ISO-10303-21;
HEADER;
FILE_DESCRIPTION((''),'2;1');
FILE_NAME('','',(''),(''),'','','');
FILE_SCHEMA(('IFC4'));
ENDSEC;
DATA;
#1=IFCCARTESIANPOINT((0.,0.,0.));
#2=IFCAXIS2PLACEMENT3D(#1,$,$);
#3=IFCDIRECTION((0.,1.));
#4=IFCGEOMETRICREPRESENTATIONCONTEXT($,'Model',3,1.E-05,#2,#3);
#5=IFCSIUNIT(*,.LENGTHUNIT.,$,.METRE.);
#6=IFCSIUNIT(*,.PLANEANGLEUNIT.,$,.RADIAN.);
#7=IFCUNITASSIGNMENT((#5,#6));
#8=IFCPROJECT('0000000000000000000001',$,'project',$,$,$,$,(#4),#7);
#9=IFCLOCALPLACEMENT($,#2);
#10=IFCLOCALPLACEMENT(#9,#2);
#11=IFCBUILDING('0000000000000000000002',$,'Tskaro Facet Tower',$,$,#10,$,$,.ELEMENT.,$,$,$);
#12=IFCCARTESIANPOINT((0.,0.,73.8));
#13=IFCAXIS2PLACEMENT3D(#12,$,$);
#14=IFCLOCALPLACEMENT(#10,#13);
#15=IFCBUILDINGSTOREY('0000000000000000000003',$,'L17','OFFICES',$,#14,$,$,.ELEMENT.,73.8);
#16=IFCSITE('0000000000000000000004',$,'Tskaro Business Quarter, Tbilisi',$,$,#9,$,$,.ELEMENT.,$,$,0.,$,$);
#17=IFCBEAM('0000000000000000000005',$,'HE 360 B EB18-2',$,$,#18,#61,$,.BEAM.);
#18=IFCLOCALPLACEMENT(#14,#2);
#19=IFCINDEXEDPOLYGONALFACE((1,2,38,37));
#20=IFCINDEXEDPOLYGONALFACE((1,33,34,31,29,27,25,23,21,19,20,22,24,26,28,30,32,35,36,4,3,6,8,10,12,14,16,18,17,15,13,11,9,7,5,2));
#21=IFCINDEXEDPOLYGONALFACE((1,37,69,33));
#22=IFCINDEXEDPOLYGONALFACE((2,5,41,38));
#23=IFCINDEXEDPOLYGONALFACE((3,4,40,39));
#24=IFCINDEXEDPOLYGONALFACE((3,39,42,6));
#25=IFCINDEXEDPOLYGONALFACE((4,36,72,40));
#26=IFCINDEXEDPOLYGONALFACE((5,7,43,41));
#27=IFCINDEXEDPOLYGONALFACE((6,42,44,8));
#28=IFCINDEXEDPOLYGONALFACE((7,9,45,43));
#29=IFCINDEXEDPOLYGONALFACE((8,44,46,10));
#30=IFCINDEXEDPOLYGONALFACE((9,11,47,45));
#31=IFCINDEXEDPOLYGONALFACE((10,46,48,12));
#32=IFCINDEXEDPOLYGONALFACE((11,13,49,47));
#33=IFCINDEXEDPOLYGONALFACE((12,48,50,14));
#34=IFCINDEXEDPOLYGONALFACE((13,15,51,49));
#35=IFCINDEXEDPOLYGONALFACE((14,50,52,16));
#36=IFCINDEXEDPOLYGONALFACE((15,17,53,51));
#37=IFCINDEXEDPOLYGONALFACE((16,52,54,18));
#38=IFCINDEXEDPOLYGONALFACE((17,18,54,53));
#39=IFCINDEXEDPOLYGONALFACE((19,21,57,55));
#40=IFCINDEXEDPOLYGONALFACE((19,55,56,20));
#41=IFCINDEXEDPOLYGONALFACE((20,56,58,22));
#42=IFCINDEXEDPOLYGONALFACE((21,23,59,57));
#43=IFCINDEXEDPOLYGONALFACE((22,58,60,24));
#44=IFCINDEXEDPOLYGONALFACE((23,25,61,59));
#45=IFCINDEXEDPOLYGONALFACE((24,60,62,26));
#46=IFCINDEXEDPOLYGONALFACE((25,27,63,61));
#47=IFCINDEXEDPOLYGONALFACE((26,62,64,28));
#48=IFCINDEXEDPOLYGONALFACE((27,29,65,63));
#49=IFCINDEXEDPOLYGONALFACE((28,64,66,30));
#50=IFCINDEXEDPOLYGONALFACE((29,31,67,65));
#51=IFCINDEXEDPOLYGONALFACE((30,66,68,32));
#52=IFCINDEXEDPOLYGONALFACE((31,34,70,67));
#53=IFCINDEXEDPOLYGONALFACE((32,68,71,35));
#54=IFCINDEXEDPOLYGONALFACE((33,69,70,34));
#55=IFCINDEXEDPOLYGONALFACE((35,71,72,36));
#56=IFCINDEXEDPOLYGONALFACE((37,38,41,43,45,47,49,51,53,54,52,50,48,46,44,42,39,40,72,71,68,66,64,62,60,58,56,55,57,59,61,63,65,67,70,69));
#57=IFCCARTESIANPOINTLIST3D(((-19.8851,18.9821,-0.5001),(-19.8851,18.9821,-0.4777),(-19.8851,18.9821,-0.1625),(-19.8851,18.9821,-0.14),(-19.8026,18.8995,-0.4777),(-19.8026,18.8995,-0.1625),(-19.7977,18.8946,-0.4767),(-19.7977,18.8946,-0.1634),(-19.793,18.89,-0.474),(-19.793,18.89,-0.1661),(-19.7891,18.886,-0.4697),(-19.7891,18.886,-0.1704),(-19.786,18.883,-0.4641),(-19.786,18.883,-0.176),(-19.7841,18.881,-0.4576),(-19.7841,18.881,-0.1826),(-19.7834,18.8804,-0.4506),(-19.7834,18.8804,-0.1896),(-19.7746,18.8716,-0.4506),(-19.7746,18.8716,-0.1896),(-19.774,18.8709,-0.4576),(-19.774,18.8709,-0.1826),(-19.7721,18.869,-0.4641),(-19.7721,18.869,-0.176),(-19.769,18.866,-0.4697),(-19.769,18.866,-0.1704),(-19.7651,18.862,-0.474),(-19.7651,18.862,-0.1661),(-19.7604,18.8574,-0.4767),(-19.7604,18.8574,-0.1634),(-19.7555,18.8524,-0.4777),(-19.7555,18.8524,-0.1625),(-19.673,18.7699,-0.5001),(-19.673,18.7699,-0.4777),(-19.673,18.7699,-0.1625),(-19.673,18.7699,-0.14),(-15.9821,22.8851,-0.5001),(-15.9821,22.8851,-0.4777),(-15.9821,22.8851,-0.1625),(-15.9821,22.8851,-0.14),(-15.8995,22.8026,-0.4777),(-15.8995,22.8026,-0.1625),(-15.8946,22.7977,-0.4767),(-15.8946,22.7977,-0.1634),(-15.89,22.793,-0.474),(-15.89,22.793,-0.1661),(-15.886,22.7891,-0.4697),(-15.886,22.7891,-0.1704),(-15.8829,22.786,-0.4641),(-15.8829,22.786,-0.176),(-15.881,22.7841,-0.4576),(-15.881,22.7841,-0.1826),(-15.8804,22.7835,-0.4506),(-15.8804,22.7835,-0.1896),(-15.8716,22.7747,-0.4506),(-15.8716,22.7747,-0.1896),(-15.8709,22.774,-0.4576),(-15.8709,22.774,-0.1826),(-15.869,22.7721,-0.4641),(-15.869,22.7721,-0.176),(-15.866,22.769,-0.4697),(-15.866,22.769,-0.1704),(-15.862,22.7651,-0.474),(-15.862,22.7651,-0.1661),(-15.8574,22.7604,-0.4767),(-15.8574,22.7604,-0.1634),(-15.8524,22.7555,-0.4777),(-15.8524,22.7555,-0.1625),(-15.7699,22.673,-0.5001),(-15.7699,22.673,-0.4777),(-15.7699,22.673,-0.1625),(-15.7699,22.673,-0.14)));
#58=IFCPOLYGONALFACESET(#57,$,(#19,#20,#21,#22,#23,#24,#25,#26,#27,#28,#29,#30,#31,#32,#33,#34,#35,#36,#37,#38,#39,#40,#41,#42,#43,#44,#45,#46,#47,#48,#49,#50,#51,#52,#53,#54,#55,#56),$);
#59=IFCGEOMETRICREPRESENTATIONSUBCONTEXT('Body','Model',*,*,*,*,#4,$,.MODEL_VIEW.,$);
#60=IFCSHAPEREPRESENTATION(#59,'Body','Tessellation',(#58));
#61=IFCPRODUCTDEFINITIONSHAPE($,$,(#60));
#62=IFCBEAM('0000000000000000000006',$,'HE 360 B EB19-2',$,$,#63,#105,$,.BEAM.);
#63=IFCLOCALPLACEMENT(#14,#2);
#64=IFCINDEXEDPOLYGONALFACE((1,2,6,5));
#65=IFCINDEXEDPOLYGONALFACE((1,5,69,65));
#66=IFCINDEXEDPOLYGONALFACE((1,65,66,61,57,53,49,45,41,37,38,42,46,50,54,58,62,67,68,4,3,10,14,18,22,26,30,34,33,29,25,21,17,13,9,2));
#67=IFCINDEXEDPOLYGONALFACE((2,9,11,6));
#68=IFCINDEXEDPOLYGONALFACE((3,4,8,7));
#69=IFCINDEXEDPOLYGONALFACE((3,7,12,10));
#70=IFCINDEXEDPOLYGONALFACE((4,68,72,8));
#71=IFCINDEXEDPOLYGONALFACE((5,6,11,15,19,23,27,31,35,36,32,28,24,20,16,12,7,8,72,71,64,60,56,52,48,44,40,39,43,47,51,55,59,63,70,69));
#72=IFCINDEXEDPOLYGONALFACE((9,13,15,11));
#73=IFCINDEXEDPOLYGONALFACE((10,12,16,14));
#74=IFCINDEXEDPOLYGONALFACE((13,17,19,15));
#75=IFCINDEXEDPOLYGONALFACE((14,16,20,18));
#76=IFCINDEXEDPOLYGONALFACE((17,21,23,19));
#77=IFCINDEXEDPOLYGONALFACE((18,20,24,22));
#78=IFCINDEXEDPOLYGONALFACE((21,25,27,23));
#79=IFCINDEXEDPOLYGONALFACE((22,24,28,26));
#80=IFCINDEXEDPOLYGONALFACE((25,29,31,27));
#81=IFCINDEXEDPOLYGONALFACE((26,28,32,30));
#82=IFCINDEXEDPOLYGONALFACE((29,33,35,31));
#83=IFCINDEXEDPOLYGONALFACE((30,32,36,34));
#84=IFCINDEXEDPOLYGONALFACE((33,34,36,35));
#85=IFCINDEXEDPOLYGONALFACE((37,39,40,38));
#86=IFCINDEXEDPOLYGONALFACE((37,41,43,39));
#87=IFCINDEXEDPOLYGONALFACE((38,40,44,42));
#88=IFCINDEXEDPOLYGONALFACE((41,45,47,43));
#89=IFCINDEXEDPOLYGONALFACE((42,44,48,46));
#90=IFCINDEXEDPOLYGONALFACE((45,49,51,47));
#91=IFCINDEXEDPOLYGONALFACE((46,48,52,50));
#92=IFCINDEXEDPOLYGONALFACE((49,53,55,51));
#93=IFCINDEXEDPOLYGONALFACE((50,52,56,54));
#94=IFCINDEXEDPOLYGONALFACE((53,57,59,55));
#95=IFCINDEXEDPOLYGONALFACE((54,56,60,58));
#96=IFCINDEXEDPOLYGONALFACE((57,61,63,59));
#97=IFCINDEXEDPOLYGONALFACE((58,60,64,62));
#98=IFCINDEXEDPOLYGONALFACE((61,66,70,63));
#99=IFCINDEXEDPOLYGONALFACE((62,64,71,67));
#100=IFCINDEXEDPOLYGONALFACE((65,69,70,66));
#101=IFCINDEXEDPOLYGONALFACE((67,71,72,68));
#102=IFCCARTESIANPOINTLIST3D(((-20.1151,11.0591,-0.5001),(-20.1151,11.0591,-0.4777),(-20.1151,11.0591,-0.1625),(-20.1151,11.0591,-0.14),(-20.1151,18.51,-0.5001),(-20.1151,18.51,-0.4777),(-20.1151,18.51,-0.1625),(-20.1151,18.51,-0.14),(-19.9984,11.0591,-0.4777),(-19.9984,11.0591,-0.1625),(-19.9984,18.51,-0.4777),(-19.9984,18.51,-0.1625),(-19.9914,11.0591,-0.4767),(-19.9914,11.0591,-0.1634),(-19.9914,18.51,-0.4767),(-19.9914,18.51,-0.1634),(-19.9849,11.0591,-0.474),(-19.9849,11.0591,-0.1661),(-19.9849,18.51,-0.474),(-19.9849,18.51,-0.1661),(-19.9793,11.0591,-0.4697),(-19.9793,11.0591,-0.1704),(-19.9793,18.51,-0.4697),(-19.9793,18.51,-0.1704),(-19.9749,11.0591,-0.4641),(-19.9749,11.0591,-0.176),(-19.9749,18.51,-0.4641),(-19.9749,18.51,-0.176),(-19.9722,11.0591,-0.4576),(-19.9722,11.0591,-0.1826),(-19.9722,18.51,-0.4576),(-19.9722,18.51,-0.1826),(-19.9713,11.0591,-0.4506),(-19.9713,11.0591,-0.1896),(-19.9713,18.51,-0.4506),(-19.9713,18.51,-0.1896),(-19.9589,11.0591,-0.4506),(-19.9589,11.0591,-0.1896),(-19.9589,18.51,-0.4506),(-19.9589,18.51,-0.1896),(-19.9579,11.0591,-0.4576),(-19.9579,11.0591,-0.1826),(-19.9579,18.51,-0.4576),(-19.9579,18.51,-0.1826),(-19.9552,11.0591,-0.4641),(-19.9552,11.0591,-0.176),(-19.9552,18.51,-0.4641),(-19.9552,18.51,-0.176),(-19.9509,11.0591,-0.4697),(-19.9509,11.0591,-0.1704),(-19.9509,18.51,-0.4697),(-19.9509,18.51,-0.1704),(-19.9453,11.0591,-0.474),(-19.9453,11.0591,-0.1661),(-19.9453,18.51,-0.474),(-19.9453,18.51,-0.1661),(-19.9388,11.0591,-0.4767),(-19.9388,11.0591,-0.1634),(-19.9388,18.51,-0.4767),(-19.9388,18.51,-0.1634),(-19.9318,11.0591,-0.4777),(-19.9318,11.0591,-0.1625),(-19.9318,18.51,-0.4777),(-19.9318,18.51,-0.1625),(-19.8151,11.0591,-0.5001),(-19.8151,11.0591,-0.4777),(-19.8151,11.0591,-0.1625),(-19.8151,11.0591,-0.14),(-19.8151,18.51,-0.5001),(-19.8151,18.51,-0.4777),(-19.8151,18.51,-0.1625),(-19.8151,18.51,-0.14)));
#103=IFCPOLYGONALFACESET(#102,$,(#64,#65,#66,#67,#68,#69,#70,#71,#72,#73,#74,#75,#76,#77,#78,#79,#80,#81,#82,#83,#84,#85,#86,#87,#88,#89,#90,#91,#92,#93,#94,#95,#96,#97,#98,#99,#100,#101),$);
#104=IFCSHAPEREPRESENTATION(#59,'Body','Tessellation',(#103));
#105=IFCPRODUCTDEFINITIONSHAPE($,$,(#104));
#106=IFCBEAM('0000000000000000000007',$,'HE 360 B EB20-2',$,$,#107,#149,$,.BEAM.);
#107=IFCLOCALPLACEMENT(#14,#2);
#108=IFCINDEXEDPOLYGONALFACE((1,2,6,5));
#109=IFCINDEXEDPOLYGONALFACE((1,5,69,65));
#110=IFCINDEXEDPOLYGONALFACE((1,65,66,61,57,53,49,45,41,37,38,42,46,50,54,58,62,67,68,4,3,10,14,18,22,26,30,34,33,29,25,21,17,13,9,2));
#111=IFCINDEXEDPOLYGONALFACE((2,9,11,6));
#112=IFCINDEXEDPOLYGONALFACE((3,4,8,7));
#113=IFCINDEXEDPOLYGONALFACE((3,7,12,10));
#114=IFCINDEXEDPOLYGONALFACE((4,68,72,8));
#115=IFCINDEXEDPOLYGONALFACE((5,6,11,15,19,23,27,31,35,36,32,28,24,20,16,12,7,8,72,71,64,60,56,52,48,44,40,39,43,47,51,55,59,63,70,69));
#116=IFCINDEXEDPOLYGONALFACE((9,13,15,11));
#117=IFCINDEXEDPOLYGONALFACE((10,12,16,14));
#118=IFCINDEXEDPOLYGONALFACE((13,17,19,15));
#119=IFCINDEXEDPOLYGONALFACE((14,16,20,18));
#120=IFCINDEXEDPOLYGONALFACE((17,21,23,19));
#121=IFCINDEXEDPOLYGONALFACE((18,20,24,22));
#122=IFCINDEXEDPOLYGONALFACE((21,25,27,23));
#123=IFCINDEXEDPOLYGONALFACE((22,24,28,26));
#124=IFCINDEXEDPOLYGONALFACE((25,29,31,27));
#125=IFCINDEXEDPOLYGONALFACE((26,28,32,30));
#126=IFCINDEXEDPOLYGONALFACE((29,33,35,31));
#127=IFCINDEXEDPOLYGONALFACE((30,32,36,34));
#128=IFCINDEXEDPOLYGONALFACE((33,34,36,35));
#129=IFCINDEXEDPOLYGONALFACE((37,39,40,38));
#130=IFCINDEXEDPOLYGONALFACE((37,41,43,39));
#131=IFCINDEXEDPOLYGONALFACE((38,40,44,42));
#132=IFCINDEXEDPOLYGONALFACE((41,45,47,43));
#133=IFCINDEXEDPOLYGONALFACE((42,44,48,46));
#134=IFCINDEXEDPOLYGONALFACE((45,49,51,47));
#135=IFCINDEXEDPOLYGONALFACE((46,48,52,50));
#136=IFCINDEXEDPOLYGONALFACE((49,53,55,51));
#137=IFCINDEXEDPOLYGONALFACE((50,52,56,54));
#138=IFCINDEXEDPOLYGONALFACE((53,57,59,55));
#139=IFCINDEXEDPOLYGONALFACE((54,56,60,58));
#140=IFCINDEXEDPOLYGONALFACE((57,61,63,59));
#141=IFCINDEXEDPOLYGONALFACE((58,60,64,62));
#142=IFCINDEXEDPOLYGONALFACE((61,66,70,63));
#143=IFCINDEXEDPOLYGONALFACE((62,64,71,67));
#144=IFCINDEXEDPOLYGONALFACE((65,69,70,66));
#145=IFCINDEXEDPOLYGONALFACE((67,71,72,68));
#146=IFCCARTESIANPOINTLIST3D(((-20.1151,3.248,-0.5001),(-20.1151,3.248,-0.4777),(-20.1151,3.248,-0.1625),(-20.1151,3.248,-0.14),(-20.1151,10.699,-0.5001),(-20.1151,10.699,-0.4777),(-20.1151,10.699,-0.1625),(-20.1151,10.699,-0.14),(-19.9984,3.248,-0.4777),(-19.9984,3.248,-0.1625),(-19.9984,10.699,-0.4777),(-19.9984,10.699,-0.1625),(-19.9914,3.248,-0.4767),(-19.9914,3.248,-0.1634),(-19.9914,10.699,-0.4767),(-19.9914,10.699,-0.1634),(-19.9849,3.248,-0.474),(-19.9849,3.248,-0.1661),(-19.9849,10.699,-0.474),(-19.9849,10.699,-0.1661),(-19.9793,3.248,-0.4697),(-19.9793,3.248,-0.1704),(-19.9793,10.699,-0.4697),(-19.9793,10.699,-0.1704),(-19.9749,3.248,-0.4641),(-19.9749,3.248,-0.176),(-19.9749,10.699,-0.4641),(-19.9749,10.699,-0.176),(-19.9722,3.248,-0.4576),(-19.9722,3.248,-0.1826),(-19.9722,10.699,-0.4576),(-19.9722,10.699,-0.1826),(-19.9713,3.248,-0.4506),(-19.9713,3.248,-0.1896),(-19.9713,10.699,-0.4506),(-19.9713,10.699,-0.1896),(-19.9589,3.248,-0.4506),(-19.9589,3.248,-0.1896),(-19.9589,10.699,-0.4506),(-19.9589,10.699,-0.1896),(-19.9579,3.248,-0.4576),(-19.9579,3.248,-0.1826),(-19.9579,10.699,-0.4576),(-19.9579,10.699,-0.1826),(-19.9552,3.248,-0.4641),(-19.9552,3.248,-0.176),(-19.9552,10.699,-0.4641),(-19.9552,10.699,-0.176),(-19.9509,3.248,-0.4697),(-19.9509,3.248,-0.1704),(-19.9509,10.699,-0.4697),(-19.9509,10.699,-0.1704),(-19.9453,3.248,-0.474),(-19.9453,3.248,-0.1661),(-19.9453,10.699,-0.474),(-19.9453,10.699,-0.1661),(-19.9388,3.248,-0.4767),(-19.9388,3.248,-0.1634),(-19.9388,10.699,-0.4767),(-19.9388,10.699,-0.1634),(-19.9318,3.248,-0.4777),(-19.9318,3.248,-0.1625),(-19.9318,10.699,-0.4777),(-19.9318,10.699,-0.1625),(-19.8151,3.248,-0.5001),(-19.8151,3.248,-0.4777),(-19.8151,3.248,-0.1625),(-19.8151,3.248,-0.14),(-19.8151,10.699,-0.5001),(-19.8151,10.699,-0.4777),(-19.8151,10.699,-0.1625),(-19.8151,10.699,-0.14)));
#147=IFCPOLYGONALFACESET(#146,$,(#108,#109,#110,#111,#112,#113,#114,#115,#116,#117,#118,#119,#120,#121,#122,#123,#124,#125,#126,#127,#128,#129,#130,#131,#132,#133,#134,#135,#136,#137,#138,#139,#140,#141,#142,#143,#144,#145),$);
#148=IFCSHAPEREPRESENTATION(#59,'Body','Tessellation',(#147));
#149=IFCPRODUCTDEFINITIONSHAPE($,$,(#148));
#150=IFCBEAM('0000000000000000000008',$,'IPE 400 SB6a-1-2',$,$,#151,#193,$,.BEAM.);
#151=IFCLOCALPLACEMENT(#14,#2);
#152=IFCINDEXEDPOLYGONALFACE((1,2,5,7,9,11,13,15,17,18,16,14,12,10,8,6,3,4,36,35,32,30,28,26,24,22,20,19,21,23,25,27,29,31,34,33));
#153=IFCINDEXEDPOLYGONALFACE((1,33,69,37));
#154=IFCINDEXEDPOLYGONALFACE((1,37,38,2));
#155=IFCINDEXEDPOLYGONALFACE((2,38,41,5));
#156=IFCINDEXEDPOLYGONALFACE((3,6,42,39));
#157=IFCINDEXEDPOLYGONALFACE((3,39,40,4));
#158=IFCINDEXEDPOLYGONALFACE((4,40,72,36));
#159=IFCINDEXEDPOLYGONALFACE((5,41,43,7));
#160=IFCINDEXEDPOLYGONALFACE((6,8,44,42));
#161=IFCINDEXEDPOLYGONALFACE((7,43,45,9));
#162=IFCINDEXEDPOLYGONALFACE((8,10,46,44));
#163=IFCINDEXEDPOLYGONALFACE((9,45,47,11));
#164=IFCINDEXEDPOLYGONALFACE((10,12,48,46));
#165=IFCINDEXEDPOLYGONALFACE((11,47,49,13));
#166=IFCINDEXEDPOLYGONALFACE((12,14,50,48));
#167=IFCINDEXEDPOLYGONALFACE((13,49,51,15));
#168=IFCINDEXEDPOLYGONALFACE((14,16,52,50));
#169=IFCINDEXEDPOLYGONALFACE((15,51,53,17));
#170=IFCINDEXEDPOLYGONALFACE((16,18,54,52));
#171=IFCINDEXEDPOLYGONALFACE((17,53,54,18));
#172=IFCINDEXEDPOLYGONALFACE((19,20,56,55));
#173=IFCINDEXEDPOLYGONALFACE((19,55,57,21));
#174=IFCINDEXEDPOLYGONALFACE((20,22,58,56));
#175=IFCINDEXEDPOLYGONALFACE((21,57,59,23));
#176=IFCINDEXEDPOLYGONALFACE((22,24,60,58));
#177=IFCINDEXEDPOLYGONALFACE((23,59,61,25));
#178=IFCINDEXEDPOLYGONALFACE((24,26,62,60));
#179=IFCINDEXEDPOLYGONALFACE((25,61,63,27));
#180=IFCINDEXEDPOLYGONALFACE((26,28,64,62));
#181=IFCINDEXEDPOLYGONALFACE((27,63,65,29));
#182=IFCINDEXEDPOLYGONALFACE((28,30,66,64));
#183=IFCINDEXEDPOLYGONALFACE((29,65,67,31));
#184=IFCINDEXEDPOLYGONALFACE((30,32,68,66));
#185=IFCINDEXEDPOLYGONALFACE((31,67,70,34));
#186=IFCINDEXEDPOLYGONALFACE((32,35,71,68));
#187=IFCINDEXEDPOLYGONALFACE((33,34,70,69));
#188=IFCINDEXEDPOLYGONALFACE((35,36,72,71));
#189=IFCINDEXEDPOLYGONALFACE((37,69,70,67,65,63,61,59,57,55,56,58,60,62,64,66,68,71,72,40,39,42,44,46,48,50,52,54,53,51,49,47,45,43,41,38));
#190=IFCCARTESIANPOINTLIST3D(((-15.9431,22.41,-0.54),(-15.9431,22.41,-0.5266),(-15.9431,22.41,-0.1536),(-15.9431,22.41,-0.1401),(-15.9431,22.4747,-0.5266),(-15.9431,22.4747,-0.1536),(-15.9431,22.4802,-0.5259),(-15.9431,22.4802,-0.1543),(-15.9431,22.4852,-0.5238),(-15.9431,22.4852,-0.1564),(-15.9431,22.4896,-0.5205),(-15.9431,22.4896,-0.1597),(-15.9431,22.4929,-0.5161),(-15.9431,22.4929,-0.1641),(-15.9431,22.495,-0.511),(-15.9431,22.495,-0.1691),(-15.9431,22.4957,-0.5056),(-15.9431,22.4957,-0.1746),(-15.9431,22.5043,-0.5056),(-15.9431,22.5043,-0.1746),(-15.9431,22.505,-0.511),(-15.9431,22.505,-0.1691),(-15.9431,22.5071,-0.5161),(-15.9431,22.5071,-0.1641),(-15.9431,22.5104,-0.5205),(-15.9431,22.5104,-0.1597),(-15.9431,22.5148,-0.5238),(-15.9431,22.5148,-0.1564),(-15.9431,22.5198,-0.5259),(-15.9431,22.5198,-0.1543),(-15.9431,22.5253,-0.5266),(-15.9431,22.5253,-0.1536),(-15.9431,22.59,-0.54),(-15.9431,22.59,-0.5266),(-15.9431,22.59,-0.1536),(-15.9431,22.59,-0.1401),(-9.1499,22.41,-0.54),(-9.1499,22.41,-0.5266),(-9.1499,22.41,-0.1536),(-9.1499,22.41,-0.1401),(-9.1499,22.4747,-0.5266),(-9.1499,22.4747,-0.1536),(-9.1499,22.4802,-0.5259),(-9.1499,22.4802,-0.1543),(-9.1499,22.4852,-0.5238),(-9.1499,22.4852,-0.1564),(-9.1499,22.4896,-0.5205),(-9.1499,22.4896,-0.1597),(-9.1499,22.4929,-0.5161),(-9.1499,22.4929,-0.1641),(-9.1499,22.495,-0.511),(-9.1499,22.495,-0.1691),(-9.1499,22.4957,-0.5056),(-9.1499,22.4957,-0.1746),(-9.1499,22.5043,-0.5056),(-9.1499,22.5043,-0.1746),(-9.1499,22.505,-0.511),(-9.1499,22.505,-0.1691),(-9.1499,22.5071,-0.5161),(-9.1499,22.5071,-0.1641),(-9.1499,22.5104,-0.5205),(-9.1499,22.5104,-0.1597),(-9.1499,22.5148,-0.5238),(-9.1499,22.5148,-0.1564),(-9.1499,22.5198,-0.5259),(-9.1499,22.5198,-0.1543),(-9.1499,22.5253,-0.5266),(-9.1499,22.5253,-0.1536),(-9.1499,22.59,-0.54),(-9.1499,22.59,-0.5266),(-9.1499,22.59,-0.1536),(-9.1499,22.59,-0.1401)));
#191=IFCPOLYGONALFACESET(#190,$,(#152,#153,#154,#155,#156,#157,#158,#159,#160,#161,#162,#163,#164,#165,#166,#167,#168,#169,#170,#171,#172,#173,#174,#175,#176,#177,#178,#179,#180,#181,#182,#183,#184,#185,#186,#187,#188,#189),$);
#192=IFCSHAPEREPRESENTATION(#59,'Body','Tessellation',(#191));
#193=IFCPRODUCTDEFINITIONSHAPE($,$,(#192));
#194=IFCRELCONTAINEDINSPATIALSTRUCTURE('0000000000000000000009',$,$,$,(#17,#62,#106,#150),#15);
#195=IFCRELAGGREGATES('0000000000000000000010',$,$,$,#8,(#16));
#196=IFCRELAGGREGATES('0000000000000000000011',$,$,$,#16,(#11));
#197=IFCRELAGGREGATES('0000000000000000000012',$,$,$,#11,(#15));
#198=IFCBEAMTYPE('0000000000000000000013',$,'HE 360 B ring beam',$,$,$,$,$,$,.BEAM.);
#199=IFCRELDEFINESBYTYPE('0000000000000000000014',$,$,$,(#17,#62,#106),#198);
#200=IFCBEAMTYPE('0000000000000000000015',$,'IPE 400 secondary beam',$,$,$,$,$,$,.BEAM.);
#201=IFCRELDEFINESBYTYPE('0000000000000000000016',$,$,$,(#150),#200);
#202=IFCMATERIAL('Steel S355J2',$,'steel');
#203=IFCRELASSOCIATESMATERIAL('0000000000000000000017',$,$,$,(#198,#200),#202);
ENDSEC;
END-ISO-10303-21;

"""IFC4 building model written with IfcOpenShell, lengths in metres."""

from ifc_helpers import new_model, si_unit, direction, frame, origin, origin_2d, place, context, subcontext, project, spatial, i_section, extrude, material, material_profile, profile_set, type_object, element, save


model = new_model("IFC4")

# Units and contexts
model_context = context("Model", 3, precision=1e-05, world=origin(), true_north=direction((0.0, 1.0)))
body_context = subcontext(model_context, "Body", "Model", "MODEL_VIEW")
ifc_project = project(units=[si_unit("LENGTHUNIT", "METRE"), si_unit("PLANEANGLEUNIT", "RADIAN")], contexts=[model_context])

# Site, building, storey
site_placement = place(None, origin())
site = spatial("IfcSite", under=ifc_project, at=site_placement, Name="Tskaro Business Quarter, Tbilisi", CompositionType="ELEMENT", RefElevation=0.0)
building_placement = place(site_placement, origin())
building = spatial("IfcBuilding", under=site, at=building_placement, Name="Tskaro Facet Tower", CompositionType="ELEMENT")
storey_placement = place(building_placement, frame((0.0, 0.0, 73.8)))
storey = spatial("IfcBuildingStorey", under=building, at=storey_placement, Name="L17", Description="OFFICES", CompositionType="ELEMENT", Elevation=73.8)

# Beams
ifc_material_1 = material(Name="Steel S355J2", Category="steel")
ifc_material_profile_1 = material_profile(ifc_material_1, i_section(OverallWidth=0.3, OverallDepth=0.3601, WebThickness=0.0125, FlangeThickness=0.0225, FilletRadius=0.0271, at=origin_2d()), Name="HE 360 B")
ifc_profile_set_1 = profile_set([ifc_material_profile_1], Name="Steel S355J2")
beam_type_1 = type_object("IfcBeamType", Name="HE 360 B ring beam", PredefinedType="BEAM", material=ifc_profile_set_1)
beam_1_placement = place(storey_placement, frame((-15.876, 22.7791, -0.3201), z_axis=(-0.707107, -0.707107, 0.0), x_axis=(0.707107, -0.707107, 0.0)))
element("IfcBeam", 1, at=beam_1_placement, inside=storey, type_object=beam_type_1, Name="HE 360 B EB18-2", PredefinedType="BEAM", context=body_context, shape_type="SweptSolid", body=[
    extrude(i_section(OverallWidth=0.3, OverallDepth=0.3601, WebThickness=0.0125, FlangeThickness=0.0225, FilletRadius=0.0271, at=origin_2d()), origin(), (0.0, 0.0, 1.0), 5.5198),
])
for number, where, z_axis, x_axis, name in (
    (2, (-19.9651, 18.51, -0.3201), (0.0, -1.0, 0.0), (1.0, 0.0, 0.0), "HE 360 B EB19-2"),
    (3, (-19.9651, 10.699, -0.3201), (0.0, -1.0, 0.0), (1.0, 0.0, 0.0), "HE 360 B EB20-2"),
):
    element("IfcBeam", number, at=place(storey_placement, frame(where, z_axis=z_axis, x_axis=x_axis)), inside=storey, type_object=beam_type_1, Name=name, PredefinedType="BEAM", context=body_context, shape_type="SweptSolid", body=[
        extrude(i_section(OverallWidth=0.3, OverallDepth=0.3601, WebThickness=0.0125, FlangeThickness=0.0225, FilletRadius=0.0271, at=origin_2d()), origin(), (0.0, 0.0, 1.0), 7.4509),
    ])
ifc_material_profile_2 = material_profile(ifc_material_1, i_section(OverallWidth=0.1799, OverallDepth=0.3999, WebThickness=0.0085, FlangeThickness=0.0134, FilletRadius=0.021, at=origin_2d()), Name="IPE 400")
ifc_profile_set_2 = profile_set([ifc_material_profile_2], Name="Steel S355J2")
beam_type_2 = type_object("IfcBeamType", Name="IPE 400 secondary beam", PredefinedType="BEAM", material=ifc_profile_set_2)
beam_2_placement = place(storey_placement, frame((-15.9431, 22.5, -0.3401), z_axis=(1.0, 0.0, 0.0), x_axis=(0.0, 1.0, 0.0)))
element("IfcBeam", 4, at=beam_2_placement, inside=storey, type_object=beam_type_2, Name="IPE 400 SB6a-1-2", PredefinedType="BEAM", context=body_context, shape_type="SweptSolid", body=[
    extrude(i_section(OverallWidth=0.1799, OverallDepth=0.3999, WebThickness=0.0085, FlangeThickness=0.0134, FilletRadius=0.021, at=origin_2d()), origin(), (0.0, 0.0, 1.0), 6.7932),
])

save(model, "model.ifc")
